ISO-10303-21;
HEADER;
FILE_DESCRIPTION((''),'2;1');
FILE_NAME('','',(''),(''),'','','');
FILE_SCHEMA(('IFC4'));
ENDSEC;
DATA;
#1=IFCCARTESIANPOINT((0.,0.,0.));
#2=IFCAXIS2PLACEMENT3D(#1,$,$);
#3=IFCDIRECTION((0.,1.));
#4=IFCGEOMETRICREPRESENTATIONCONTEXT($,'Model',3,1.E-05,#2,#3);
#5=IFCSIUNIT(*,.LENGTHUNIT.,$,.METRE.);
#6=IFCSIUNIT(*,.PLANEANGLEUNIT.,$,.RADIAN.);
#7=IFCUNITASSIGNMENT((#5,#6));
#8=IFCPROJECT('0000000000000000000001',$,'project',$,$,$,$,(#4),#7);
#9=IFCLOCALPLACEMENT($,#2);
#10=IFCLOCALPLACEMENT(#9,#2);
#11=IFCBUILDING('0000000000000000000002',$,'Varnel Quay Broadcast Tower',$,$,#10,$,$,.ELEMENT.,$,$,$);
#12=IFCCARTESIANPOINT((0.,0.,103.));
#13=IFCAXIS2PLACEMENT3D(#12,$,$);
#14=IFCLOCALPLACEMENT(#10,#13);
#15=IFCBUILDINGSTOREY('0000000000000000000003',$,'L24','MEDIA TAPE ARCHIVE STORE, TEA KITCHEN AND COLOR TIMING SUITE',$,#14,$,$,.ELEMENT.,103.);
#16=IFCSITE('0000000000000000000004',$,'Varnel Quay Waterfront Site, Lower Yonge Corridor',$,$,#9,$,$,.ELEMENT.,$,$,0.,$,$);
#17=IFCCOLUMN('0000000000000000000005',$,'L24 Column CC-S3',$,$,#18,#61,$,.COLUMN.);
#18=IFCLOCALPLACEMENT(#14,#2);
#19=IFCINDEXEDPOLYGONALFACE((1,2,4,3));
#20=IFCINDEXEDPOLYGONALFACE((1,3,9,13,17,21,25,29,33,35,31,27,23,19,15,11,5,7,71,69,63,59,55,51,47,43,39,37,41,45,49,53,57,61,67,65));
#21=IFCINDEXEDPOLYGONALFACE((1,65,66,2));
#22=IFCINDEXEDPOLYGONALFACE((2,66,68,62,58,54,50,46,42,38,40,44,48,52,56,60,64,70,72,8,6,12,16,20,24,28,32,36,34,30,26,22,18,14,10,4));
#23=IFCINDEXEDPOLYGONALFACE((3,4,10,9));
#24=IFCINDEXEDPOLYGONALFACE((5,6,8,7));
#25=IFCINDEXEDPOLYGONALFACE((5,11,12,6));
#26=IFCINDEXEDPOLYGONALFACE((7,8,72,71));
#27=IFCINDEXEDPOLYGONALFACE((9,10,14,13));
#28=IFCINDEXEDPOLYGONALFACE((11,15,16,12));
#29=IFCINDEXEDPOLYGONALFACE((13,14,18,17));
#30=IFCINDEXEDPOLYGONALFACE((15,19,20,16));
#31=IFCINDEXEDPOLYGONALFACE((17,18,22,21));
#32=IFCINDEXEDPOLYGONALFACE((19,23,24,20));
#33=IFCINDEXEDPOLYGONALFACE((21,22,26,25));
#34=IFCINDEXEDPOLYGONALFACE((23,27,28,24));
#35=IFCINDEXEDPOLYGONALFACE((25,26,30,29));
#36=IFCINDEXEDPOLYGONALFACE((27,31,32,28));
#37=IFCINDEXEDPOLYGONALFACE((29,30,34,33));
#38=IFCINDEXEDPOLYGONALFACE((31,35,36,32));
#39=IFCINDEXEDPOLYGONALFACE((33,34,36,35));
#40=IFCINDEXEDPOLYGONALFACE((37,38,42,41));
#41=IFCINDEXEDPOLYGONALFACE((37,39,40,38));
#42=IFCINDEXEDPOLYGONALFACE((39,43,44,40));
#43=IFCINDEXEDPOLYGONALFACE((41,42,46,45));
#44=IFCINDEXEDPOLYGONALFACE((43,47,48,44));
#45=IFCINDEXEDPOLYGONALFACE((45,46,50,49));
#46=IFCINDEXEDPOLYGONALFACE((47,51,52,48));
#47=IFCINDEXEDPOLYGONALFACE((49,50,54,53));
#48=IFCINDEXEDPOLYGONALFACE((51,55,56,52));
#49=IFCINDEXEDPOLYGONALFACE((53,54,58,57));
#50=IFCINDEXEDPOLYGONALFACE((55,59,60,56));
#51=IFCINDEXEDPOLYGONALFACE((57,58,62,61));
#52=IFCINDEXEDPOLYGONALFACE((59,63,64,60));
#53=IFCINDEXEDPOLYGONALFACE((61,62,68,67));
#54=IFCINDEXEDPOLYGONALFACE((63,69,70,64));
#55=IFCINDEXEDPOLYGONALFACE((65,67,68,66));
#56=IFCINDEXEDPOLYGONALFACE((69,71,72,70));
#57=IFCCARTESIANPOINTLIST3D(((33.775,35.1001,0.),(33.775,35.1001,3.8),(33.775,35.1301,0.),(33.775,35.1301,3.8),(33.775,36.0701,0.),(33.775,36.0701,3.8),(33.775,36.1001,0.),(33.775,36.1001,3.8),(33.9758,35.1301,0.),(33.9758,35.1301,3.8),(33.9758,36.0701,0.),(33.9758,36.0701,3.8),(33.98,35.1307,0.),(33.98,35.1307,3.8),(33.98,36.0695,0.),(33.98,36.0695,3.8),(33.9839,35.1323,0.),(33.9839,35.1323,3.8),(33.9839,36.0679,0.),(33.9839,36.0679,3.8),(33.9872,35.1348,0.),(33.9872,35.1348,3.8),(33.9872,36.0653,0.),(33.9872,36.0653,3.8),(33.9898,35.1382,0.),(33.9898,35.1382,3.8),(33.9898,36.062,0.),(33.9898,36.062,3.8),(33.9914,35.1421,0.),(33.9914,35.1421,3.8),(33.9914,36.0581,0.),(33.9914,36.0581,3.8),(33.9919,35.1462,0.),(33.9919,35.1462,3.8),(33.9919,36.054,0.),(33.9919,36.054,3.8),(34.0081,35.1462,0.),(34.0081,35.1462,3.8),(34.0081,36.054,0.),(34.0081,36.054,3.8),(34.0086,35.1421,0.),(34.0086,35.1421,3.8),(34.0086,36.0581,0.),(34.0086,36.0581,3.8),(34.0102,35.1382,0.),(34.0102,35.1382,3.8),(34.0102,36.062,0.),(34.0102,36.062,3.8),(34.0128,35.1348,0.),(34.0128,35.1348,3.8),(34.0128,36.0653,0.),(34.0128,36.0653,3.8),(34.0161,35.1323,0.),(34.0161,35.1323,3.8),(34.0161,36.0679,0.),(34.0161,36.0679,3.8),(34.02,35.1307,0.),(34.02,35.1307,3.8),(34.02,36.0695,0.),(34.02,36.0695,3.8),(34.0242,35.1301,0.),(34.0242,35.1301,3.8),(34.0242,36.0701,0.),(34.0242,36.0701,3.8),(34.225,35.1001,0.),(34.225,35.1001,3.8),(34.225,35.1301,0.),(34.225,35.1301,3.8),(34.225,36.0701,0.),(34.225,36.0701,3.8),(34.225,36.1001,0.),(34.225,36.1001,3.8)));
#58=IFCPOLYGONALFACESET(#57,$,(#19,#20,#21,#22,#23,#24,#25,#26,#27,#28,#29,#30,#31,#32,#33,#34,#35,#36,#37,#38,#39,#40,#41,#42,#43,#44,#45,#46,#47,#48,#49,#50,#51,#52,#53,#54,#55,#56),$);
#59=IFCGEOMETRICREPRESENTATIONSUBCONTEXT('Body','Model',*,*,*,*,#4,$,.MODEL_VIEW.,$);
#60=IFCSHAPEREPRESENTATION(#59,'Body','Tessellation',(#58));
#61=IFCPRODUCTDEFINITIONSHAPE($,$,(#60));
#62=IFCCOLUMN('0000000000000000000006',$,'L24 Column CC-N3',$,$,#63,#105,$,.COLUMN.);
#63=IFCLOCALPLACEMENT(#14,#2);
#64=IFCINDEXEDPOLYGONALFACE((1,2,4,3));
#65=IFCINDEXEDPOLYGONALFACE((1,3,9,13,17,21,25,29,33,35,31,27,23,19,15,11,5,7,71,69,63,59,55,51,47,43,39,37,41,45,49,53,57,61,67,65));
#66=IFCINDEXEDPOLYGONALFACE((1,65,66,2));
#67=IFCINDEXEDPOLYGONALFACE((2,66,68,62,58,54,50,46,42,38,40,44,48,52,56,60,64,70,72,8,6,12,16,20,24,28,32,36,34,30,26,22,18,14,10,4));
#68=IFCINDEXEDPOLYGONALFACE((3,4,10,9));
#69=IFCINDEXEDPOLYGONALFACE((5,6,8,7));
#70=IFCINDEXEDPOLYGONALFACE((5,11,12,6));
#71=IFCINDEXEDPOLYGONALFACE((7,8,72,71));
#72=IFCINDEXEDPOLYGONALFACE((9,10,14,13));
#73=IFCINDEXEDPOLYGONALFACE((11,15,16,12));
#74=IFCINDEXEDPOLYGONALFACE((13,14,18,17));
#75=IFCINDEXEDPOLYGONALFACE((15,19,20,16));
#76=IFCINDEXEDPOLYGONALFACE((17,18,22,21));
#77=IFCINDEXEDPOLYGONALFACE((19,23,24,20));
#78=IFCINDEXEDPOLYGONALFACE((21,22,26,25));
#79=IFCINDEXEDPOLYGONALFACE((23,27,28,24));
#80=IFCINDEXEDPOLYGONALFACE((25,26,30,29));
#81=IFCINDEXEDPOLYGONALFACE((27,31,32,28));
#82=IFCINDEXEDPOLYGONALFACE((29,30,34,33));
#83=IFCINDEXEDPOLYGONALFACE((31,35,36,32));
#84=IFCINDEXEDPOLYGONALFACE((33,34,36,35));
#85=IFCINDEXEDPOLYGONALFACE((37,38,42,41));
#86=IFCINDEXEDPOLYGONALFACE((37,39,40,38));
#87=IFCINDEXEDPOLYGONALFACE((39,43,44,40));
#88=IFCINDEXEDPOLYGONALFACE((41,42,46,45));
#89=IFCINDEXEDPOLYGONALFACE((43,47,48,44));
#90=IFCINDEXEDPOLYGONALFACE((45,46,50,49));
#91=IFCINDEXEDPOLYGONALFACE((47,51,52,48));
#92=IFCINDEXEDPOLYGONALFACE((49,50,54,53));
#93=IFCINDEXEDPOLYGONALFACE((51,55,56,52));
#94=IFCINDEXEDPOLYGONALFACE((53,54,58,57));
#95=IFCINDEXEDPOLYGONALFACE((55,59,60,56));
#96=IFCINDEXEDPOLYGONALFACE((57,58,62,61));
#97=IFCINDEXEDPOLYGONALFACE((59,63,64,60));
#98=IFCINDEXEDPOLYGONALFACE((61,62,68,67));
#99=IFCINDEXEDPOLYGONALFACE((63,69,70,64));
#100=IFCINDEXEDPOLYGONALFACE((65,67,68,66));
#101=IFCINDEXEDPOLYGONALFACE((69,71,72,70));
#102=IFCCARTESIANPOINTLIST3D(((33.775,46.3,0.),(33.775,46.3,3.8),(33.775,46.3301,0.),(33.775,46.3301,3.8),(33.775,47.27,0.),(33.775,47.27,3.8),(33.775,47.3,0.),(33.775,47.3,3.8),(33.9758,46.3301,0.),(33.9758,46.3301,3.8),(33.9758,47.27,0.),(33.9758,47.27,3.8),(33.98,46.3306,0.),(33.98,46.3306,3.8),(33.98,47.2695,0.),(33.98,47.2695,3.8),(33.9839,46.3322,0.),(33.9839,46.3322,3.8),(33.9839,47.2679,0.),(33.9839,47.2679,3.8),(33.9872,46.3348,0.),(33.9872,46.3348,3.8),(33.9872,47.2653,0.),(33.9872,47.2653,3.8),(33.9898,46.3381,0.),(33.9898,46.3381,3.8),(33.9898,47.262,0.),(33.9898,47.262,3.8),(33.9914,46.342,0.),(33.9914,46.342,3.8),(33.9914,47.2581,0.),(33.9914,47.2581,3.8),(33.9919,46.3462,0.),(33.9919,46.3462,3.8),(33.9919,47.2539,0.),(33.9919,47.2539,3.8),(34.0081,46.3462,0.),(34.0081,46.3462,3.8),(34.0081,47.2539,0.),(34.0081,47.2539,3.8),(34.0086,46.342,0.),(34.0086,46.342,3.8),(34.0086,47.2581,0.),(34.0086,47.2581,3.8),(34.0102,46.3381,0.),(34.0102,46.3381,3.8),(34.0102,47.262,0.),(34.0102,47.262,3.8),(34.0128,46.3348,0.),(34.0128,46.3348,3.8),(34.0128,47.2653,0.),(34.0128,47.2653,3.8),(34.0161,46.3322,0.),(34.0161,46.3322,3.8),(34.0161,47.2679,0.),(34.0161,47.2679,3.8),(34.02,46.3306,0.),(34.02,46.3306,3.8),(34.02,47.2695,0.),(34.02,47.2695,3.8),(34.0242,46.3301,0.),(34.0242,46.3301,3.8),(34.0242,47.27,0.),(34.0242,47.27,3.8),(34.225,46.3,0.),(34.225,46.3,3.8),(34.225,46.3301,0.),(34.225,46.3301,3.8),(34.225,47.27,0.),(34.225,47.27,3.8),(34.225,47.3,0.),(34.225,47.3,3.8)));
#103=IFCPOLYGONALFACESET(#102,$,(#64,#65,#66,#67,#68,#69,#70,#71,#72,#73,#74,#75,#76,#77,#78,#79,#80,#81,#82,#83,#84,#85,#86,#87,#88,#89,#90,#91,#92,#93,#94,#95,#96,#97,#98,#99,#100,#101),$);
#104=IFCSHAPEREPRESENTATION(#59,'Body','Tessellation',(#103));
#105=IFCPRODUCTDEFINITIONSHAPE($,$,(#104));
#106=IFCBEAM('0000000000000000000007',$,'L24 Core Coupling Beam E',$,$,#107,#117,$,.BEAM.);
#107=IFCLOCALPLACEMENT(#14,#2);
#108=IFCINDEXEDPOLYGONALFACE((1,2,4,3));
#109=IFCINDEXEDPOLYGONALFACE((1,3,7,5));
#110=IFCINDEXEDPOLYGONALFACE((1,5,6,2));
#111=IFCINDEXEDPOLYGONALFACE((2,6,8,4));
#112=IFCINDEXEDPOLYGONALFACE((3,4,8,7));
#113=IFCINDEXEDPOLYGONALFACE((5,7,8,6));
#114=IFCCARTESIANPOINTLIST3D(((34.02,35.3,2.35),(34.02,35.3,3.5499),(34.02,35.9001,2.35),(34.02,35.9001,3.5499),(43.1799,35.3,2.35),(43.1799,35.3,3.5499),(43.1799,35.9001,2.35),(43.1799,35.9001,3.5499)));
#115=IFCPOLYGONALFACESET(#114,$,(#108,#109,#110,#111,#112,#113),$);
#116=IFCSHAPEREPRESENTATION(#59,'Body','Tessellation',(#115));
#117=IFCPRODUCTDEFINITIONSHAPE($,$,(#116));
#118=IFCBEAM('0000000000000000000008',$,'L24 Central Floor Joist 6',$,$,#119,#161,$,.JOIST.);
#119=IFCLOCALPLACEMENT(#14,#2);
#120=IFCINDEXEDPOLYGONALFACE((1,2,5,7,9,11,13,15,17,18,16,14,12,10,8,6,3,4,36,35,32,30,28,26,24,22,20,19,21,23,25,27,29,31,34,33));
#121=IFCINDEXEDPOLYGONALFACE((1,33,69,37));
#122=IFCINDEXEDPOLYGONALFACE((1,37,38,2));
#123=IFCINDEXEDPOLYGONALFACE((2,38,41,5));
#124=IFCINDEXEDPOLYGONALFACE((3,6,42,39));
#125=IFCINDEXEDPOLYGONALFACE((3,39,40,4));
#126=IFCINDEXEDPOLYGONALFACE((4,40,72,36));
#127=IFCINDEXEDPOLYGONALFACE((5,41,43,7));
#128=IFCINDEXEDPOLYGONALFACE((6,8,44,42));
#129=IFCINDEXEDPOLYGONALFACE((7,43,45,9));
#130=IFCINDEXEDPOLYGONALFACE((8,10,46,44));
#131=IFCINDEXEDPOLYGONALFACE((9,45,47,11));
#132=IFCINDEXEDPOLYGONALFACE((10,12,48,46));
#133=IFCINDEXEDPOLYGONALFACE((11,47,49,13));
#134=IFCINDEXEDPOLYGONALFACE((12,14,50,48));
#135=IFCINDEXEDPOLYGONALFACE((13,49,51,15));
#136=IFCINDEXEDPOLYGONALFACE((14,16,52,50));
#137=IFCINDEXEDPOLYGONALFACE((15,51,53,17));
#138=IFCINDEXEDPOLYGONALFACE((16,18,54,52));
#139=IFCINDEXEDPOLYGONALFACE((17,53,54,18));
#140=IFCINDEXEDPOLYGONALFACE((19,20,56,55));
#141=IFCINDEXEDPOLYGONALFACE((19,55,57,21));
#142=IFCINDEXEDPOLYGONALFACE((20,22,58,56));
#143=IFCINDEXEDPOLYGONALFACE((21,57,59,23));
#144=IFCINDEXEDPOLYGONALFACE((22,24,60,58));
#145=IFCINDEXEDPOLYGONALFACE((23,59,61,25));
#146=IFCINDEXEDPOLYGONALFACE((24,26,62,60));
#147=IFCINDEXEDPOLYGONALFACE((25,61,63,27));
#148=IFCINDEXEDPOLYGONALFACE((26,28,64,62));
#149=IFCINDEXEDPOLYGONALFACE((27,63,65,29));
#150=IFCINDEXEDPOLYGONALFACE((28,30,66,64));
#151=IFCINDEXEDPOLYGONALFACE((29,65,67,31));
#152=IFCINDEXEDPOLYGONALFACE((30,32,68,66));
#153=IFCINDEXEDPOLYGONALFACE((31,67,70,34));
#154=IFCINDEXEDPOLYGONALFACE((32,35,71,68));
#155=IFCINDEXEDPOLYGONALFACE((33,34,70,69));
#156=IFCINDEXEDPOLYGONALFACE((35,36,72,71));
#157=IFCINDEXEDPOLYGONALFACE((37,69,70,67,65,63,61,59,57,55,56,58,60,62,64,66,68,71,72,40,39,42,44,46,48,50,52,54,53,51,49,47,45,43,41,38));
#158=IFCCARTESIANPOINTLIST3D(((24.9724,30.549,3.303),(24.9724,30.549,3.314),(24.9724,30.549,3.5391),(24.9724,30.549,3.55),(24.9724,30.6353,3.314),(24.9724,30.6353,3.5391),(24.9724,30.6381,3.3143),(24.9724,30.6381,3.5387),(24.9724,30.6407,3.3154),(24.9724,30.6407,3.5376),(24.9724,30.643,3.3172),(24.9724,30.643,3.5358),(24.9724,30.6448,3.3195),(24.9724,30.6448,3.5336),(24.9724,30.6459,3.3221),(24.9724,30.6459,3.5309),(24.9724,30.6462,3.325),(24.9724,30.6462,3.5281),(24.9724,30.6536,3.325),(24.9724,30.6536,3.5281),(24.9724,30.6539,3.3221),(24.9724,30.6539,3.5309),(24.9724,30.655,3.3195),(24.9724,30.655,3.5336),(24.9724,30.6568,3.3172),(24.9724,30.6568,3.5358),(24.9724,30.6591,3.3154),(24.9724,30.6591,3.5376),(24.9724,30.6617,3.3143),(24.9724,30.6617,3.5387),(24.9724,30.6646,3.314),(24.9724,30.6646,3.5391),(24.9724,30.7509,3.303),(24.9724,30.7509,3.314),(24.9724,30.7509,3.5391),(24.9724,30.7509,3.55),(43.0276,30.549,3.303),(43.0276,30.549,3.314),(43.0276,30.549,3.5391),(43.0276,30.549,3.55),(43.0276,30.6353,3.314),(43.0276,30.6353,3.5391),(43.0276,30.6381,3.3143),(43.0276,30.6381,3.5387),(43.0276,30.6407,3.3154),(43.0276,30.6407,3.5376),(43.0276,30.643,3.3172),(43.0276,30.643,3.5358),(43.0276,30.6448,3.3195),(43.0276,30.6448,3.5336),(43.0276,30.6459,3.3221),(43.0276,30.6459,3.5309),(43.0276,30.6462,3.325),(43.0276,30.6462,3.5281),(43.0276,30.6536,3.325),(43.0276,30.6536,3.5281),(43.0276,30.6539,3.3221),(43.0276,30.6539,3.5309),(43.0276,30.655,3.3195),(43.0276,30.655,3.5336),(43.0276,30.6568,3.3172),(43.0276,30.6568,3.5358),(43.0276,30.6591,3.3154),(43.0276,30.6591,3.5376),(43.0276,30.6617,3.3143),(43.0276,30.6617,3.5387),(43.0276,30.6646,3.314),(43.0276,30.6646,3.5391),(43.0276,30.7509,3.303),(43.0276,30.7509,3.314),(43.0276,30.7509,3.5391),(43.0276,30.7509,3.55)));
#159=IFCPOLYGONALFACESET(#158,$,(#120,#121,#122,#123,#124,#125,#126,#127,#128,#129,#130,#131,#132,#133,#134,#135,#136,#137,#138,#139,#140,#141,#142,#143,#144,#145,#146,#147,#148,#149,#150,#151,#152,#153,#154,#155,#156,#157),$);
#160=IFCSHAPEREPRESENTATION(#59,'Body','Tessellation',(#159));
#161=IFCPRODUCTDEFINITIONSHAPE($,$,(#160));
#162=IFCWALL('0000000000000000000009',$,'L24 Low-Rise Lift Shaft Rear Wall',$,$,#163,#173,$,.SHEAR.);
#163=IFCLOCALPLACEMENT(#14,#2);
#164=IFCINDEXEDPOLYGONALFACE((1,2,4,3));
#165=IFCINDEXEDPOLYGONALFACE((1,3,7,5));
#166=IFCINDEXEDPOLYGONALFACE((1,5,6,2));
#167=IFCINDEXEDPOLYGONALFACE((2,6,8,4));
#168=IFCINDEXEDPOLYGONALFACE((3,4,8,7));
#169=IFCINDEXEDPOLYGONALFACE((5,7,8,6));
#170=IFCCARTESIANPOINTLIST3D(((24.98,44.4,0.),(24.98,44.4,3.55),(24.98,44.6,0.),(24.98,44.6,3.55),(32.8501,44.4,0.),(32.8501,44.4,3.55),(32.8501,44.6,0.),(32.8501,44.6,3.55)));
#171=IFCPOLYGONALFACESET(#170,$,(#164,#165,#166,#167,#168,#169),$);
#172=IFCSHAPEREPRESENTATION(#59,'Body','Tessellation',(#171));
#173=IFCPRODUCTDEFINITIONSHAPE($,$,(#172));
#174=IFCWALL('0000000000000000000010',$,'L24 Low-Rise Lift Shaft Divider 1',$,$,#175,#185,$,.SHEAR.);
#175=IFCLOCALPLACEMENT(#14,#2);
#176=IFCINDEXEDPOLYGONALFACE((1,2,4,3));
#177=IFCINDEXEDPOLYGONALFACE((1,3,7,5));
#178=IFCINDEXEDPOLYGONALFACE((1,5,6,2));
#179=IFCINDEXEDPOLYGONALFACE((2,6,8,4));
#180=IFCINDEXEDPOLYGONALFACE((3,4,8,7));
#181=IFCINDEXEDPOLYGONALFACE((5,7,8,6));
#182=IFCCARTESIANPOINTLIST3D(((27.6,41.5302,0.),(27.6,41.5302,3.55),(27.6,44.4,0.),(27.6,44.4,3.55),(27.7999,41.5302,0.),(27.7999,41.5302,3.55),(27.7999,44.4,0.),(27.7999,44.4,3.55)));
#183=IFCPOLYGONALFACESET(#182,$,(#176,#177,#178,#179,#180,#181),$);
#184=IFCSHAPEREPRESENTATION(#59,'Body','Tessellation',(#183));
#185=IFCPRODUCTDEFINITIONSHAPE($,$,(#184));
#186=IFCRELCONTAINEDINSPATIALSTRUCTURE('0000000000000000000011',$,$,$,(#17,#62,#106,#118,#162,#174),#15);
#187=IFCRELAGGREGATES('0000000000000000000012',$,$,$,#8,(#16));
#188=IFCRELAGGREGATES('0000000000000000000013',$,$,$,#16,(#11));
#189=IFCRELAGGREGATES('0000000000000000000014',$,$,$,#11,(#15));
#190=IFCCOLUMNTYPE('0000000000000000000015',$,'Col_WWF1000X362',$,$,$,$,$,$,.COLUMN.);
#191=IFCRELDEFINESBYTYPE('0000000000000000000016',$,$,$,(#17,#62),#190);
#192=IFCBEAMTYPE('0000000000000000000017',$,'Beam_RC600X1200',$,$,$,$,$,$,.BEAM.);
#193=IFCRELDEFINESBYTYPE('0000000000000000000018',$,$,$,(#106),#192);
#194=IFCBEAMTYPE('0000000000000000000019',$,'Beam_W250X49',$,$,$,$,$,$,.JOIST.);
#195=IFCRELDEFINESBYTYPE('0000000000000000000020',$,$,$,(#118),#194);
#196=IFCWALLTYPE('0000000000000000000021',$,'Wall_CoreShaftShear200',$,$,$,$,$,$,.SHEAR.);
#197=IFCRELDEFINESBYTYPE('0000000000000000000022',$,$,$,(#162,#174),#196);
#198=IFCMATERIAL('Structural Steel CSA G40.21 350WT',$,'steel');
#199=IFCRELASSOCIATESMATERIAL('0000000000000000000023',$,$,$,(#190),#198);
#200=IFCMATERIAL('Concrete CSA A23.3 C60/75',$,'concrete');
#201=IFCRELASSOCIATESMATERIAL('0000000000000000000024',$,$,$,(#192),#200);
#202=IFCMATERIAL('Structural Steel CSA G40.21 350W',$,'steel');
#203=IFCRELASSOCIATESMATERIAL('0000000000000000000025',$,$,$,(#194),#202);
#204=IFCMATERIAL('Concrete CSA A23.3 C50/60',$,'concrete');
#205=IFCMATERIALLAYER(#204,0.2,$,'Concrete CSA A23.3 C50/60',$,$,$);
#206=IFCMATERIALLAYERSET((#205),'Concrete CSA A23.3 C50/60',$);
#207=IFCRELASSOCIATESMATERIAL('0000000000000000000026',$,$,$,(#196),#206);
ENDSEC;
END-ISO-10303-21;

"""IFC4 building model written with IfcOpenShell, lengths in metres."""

from ifc_helpers import new_model, si_unit, direction, frame, frame_2d, origin, origin_2d, place, context, subcontext, project, spatial, rectangle, i_section, extrude, source, transform, mapped, material, layer, layer_set, material_profile, profile_set, type_object, type_shapes, element, save


model = new_model("IFC4")

# Units and contexts
model_context = context("Model", 3, precision=1e-05, world=origin(), true_north=direction((0.0, 1.0)))
body_context = subcontext(model_context, "Body", "Model", "MODEL_VIEW")
ifc_project = project(units=[si_unit("LENGTHUNIT", "METRE"), si_unit("PLANEANGLEUNIT", "RADIAN")], contexts=[model_context])

# Site, building, storey
site_placement = place(None, origin())
site = spatial("IfcSite", under=ifc_project, at=site_placement, Name="Varnel Quay Waterfront Site, Lower Yonge Corridor", CompositionType="ELEMENT", RefElevation=0.0)
building_placement = place(site_placement, origin())
building = spatial("IfcBuilding", under=site, at=building_placement, Name="Varnel Quay Broadcast Tower", CompositionType="ELEMENT")
storey_placement = place(building_placement, frame((0.0, 0.0, 103.0)))
storey = spatial("IfcBuildingStorey", under=building, at=storey_placement, Name="L24", Description="MEDIA TAPE ARCHIVE STORE, TEA KITCHEN AND COLOR TIMING SUITE", CompositionType="ELEMENT", Elevation=103.0)

# Columns
ifc_material_1 = material(Name="Structural Steel CSA G40.21 350WT", Category="steel")
ifc_material_profile_1 = material_profile(ifc_material_1, i_section(OverallWidth=0.45, OverallDepth=1.0, WebThickness=0.0161, FlangeThickness=0.03, FilletRadius=0.0161, at=origin_2d()), Name="WWF1000X362")
ifc_profile_set_1 = profile_set([ifc_material_profile_1], Name="Structural Steel CSA G40.21 350WT")
column_type = type_object("IfcColumnType", Name="Col_WWF1000X362", PredefinedType="COLUMN", material=ifc_profile_set_1)
shared_shape_1 = source(origin(), body_context, "Body", "SweptSolid", [
    extrude(i_section(OverallWidth=0.45, OverallDepth=1.0, WebThickness=0.0161, FlangeThickness=0.03, FilletRadius=0.0161, at=origin_2d()), origin(), (0.0, 0.0, 1.0), 3.8),
])
type_shapes(column_type, [shared_shape_1])
for number, where, z_axis, x_axis, name in (
    (1, (34.0, 35.6001, 0.0), (0.0, 0.0, 1.0), (1.0, 0.0, 0.0), "L24 Column CC-S3"),
    (2, (34.0, 46.8, 0.0), (0.0, 0.0, 1.0), (1.0, 0.0, 0.0), "L24 Column CC-N3"),
):
    element("IfcColumn", number, at=place(storey_placement, frame(where, z_axis=z_axis, x_axis=x_axis)), inside=storey, type_object=column_type, Name=name, PredefinedType="COLUMN", context=body_context, shape_type="MappedRepresentation", body=[
        mapped(shared_shape_1, transform((0.0, 0.0, 0.0), x_axis=(1.0, 0.0, 0.0), y_axis=(0.0, 1.0, 0.0), z_axis=(0.0, 0.0, 1.0), scale=1.0)),
    ])

# Beams
ifc_material_2 = material(Name="Concrete CSA A23.3 C60/75", Category="concrete")
ifc_material_profile_2 = material_profile(ifc_material_2, rectangle(XDim=0.6001, YDim=1.2, at=origin_2d()), Name="RC600X1200")
ifc_profile_set_2 = profile_set([ifc_material_profile_2], Name="Concrete CSA A23.3 C60/75")
beam_type_1 = type_object("IfcBeamType", Name="Beam_RC600X1200", PredefinedType="BEAM", material=ifc_profile_set_2)
shared_shape_2 = source(origin(), body_context, "Body", "SweptSolid", [
    extrude(rectangle(XDim=0.6001, YDim=1.2, at=origin_2d()), origin(), (0.0, 0.0, 1.0), 9.1599),
])
type_shapes(beam_type_1, [shared_shape_2])
beam_1_placement = place(storey_placement, frame((34.02, 35.6001, 2.95), z_axis=(1.0, 0.0, 0.0), x_axis=(0.0, 1.0, 0.0)))
element("IfcBeam", 3, at=beam_1_placement, inside=storey, type_object=beam_type_1, Name="L24 Core Coupling Beam E", PredefinedType="BEAM", context=body_context, shape_type="MappedRepresentation", body=[
    mapped(shared_shape_2, transform((0.0, 0.0, 0.0), x_axis=(1.0, 0.0, 0.0), y_axis=(0.0, 1.0, 0.0), z_axis=(0.0, 0.0, 1.0), scale=1.0)),
])
ifc_material_3 = material(Name="Structural Steel CSA G40.21 350W", Category="steel")
ifc_material_profile_3 = material_profile(ifc_material_3, i_section(OverallWidth=0.2019, OverallDepth=0.2471, WebThickness=0.0073, FlangeThickness=0.011, FilletRadius=0.011, at=origin_2d()), Name="W250X49")
ifc_profile_set_3 = profile_set([ifc_material_profile_3], Name="Structural Steel CSA G40.21 350W")
beam_type_2 = type_object("IfcBeamType", Name="Beam_W250X49", PredefinedType="JOIST", material=ifc_profile_set_3)
shared_shape_3 = source(origin(), body_context, "Body", "SweptSolid", [
    extrude(i_section(OverallWidth=0.2019, OverallDepth=0.2471, WebThickness=0.0073, FlangeThickness=0.011, FilletRadius=0.011, at=origin_2d()), origin(), (0.0, 0.0, 1.0), 18.0552),
])
type_shapes(beam_type_2, [shared_shape_3])
beam_2_placement = place(storey_placement, frame((24.9724, 30.6499, 3.4265), z_axis=(1.0, 0.0, 0.0), x_axis=(0.0, 1.0, 0.0)))
element("IfcBeam", 4, at=beam_2_placement, inside=storey, type_object=beam_type_2, Name="L24 Central Floor Joist 6", PredefinedType="JOIST", context=body_context, shape_type="MappedRepresentation", body=[
    mapped(shared_shape_3, transform((0.0, 0.0, 0.0), x_axis=(1.0, 0.0, 0.0), y_axis=(0.0, 1.0, 0.0), z_axis=(0.0, 0.0, 1.0), scale=1.0)),
])

# Walls
ifc_material_4 = material(Name="Concrete CSA A23.3 C50/60", Category="concrete")
ifc_layer_1 = layer(ifc_material_4, 0.2, Name="Concrete CSA A23.3 C50/60")
ifc_layer_set_1 = layer_set([ifc_layer_1], Name="Concrete CSA A23.3 C50/60")
wall_type_1 = type_object("IfcWallType", Name="Wall_CoreShaftShear200", PredefinedType="SHEAR", material=ifc_layer_set_1)
wall_1_placement = place(storey_placement, frame((24.98, 44.5, 0.0), z_axis=(0.0, 0.0, 1.0), x_axis=(1.0, 0.0, 0.0)))
element("IfcWall", 5, at=wall_1_placement, inside=storey, type_object=wall_type_1, Name="L24 Low-Rise Lift Shaft Rear Wall", PredefinedType="SHEAR", context=body_context, shape_type="SweptSolid", body=[
    extrude(rectangle(XDim=7.8701, YDim=0.2, at=frame_2d((3.9351, 0.0))), origin(), (0.0, 0.0, 1.0), 3.55),
])
for number, where, z_axis, x_axis, name in (
    (6, (27.7, 41.53, 0.0), (0.0, 0.0, 1.0), (0.0, 1.0, 0.0), "L24 Low-Rise Lift Shaft Divider 1"),
):
    element("IfcWall", number, at=place(storey_placement, frame(where, z_axis=z_axis, x_axis=x_axis)), inside=storey, type_object=wall_type_1, Name=name, PredefinedType="SHEAR", context=body_context, shape_type="SweptSolid", body=[
        extrude(rectangle(XDim=2.8699, YDim=0.2, at=frame_2d((1.4351, 0.0))), origin(), (0.0, 0.0, 1.0), 3.55),
    ])

save(model, "model.ifc")
